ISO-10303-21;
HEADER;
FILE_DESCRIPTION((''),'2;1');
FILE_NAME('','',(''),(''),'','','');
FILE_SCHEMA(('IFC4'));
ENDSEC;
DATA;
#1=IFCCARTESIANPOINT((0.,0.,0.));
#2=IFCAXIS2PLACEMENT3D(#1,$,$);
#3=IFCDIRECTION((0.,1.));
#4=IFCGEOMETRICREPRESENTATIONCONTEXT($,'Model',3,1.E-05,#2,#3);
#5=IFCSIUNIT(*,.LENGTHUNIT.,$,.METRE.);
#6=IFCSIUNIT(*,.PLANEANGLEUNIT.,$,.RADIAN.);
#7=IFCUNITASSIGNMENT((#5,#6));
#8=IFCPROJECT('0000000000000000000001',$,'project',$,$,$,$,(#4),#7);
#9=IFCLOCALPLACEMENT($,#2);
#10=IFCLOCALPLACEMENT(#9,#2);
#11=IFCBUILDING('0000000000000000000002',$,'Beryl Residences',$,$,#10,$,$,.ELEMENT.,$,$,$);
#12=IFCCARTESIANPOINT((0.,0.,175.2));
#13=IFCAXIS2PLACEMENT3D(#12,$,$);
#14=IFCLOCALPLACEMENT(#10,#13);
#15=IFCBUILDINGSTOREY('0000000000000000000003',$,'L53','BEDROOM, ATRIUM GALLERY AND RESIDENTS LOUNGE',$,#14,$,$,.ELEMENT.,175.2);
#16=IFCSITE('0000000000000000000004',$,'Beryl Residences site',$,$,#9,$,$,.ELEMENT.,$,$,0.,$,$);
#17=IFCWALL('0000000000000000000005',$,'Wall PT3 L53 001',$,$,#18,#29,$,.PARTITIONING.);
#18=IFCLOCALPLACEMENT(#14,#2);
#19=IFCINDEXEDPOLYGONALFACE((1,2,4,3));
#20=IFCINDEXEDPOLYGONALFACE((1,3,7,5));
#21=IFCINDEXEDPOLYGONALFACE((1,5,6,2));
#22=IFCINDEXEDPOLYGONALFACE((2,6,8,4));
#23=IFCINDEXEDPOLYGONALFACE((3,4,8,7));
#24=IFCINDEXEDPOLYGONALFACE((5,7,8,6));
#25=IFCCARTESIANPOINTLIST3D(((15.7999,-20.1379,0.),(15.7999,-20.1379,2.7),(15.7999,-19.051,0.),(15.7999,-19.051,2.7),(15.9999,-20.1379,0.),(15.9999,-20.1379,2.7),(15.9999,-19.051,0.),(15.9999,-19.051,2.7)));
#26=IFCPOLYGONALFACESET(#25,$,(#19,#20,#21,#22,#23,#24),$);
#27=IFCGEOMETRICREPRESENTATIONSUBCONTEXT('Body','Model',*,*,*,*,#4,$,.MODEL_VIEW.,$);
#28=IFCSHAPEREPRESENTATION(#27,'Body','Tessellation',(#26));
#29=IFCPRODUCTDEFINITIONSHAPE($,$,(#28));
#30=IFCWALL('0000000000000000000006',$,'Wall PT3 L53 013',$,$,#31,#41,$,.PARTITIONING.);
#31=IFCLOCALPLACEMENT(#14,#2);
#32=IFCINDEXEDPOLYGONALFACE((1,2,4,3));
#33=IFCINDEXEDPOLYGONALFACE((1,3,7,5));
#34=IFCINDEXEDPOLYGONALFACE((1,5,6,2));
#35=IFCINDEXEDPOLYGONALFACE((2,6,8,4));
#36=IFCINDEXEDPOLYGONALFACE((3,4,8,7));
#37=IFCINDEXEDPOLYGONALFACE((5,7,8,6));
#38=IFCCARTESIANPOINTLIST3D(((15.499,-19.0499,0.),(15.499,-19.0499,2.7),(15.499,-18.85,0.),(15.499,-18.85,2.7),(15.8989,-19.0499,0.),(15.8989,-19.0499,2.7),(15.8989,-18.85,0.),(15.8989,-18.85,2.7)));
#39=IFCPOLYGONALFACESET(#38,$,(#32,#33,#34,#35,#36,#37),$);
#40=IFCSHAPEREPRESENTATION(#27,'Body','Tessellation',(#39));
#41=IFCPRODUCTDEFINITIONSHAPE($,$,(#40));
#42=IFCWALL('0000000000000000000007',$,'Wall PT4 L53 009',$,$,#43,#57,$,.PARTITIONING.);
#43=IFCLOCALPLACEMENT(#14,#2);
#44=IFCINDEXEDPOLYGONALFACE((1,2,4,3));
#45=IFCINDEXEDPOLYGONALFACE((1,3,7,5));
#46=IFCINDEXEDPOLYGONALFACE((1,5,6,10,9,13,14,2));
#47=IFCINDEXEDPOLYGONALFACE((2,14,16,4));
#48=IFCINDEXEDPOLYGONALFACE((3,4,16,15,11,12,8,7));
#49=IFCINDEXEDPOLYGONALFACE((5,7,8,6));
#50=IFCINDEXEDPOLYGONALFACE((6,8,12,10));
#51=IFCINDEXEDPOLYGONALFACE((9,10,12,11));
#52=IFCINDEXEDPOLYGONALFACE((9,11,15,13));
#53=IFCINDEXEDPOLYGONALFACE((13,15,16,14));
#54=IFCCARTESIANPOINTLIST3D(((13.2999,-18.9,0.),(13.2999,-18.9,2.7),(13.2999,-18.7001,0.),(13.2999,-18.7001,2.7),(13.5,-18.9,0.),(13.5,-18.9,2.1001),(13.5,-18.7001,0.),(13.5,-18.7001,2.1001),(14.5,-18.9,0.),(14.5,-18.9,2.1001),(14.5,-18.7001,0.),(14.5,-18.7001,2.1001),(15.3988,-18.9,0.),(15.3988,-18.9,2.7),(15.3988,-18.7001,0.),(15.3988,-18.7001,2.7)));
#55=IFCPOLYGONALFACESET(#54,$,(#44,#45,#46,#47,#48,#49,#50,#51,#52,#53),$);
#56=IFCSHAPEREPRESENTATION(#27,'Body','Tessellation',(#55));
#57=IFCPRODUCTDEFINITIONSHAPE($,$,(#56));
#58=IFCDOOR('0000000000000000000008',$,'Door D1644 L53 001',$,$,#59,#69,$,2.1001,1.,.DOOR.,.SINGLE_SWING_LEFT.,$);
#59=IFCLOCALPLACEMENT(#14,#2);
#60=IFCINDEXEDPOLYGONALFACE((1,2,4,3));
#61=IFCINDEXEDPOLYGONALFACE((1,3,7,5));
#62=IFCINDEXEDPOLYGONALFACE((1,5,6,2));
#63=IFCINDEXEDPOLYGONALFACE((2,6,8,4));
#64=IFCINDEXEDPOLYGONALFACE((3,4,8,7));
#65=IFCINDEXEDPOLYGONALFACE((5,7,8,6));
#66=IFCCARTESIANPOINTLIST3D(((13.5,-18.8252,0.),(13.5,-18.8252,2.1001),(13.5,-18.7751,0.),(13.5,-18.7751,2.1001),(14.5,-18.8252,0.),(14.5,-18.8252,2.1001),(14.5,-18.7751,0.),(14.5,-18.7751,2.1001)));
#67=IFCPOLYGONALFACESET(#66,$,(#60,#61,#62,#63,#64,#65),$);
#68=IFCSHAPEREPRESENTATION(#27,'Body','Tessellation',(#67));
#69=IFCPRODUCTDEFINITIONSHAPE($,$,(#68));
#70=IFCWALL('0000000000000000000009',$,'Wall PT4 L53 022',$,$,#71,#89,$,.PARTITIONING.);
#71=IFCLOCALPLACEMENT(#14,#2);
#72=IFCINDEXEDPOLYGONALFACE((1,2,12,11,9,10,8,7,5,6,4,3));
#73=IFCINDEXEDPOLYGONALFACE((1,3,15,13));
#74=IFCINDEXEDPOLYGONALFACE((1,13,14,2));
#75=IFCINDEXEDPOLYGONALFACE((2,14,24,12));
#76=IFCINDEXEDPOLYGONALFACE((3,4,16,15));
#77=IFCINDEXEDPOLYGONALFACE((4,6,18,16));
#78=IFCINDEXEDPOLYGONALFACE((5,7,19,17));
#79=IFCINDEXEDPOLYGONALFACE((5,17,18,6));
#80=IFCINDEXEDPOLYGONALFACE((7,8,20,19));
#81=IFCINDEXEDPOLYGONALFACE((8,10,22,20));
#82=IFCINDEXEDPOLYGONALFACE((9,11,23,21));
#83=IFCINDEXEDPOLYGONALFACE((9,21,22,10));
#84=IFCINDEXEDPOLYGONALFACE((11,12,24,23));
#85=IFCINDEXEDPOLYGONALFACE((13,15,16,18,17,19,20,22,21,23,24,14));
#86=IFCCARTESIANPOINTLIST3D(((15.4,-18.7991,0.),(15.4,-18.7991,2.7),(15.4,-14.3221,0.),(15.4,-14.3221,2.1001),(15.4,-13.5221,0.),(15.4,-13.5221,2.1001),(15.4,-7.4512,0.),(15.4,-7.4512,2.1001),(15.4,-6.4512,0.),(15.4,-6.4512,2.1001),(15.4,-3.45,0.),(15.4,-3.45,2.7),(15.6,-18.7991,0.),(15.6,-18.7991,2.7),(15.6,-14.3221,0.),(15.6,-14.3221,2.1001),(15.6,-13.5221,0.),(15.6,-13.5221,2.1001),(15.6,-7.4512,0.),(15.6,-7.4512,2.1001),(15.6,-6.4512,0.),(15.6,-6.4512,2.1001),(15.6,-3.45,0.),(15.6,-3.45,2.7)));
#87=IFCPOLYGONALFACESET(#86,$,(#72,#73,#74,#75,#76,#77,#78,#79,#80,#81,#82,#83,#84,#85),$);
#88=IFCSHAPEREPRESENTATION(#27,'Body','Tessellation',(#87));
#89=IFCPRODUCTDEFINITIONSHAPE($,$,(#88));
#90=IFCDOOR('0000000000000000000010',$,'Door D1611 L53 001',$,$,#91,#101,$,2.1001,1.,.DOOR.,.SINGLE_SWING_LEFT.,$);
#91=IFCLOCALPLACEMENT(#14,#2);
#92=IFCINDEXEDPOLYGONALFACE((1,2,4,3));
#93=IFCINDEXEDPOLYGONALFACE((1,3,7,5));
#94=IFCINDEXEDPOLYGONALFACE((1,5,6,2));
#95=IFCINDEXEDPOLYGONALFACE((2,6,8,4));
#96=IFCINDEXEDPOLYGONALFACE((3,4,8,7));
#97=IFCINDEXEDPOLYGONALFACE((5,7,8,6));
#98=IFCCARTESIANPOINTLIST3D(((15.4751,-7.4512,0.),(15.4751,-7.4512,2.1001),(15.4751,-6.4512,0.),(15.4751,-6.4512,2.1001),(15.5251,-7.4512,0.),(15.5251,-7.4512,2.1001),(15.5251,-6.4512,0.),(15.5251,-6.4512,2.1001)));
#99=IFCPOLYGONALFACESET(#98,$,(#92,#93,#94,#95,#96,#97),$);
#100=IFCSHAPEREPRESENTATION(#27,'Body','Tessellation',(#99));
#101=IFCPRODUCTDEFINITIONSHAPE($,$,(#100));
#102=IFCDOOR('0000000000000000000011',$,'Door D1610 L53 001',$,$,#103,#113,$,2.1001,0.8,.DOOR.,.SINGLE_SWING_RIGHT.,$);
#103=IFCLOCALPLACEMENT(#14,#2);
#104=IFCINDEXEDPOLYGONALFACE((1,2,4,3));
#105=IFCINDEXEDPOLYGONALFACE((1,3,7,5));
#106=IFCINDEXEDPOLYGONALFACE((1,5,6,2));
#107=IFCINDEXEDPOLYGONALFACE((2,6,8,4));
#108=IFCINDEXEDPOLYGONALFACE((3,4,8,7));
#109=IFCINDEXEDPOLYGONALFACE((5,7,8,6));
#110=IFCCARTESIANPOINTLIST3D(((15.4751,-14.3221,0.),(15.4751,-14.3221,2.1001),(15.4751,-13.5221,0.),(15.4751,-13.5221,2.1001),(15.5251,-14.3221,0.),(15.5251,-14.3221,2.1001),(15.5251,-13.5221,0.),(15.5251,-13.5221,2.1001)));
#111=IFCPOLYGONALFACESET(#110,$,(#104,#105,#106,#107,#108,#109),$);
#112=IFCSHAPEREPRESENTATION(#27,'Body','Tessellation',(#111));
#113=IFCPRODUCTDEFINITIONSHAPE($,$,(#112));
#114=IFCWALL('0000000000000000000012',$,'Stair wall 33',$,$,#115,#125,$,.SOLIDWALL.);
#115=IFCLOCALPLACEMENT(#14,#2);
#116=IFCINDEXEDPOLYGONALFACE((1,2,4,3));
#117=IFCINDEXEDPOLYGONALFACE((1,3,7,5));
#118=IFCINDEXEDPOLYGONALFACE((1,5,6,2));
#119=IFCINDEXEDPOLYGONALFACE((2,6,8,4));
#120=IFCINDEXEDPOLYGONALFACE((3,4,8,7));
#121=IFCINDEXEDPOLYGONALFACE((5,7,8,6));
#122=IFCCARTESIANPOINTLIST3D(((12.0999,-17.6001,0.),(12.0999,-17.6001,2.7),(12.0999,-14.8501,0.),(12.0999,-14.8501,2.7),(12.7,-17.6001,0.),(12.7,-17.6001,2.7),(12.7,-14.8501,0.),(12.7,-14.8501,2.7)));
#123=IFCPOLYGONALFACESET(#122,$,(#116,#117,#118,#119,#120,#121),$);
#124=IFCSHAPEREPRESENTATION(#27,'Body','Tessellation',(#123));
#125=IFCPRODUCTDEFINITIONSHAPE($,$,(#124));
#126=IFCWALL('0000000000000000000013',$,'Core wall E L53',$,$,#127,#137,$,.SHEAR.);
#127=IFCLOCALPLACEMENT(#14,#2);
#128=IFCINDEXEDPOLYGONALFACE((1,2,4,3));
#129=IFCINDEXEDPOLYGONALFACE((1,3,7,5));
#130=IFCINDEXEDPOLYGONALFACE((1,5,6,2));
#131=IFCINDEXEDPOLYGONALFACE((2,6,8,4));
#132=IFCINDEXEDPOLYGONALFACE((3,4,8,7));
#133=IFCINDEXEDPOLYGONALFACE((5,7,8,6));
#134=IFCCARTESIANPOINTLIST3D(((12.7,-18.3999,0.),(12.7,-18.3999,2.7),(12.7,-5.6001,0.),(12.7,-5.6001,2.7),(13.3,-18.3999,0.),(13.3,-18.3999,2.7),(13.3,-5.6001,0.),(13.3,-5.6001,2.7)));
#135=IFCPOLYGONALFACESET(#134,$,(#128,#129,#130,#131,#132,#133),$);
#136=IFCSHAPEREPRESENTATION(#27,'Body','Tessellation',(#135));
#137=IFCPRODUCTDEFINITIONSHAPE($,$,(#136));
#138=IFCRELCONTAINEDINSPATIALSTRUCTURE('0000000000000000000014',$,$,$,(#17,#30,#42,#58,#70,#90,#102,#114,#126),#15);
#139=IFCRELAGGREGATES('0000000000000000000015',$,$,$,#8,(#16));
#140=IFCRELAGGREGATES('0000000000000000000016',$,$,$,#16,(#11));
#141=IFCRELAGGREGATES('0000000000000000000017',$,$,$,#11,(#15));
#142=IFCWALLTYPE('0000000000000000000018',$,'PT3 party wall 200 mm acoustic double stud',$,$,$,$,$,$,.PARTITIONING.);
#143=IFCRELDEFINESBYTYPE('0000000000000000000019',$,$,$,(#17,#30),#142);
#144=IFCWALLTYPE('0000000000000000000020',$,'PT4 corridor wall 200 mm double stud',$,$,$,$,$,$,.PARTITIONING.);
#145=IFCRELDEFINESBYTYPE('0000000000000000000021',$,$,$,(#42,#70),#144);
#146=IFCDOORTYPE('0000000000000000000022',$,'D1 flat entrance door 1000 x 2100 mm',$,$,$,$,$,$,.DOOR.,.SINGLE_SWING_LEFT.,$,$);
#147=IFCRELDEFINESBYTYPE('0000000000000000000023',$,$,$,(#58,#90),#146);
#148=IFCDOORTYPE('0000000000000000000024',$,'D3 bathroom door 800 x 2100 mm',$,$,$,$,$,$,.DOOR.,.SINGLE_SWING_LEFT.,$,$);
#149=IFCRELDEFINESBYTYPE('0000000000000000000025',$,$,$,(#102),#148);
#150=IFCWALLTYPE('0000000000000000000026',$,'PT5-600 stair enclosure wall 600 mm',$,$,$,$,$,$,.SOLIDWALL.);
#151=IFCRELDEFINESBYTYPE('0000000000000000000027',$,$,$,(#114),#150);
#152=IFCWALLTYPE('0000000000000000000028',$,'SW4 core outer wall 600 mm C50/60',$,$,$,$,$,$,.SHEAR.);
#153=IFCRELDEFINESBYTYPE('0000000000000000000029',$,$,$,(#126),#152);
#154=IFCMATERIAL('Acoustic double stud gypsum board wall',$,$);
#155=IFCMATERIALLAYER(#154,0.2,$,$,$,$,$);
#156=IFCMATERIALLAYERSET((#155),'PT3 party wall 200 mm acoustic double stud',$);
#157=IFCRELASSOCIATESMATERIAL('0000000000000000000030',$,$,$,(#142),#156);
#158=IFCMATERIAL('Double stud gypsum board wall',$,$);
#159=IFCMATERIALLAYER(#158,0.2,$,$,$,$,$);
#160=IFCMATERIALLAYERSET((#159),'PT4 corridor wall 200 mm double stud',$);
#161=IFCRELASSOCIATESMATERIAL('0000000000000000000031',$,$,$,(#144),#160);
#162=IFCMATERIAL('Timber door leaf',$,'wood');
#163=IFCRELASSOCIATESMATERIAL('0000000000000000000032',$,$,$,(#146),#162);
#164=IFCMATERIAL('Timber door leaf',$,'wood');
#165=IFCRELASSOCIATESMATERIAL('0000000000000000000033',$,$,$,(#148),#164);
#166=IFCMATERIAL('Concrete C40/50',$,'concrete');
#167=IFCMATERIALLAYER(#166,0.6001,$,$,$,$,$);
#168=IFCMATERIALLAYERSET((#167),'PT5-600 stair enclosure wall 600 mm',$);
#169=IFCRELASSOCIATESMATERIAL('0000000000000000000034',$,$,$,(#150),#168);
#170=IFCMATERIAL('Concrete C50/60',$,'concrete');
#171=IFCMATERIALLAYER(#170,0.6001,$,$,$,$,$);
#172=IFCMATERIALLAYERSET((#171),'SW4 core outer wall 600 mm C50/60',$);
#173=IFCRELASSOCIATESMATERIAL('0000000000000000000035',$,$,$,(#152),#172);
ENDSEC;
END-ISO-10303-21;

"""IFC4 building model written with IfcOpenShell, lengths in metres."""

from ifc_helpers import new_model, si_unit, direction, frame, frame_2d, origin, place, context, subcontext, project, spatial, rectangle, extrude, material, layer, layer_set, type_object, element, fill, save


model = new_model("IFC4")

# Units and contexts
model_context = context("Model", 3, precision=1e-05, world=origin(), true_north=direction((0.0, 1.0)))
body_context = subcontext(model_context, "Body", "Model", "MODEL_VIEW")
ifc_project = project(units=[si_unit("LENGTHUNIT", "METRE"), si_unit("PLANEANGLEUNIT", "RADIAN")], contexts=[model_context])

# Site, building, storey
site_placement = place(None, origin())
site = spatial("IfcSite", under=ifc_project, at=site_placement, Name="Beryl Residences site", CompositionType="ELEMENT", RefElevation=0.0)
building_placement = place(site_placement, origin())
building = spatial("IfcBuilding", under=site, at=building_placement, Name="Beryl Residences", CompositionType="ELEMENT")
storey_placement = place(building_placement, frame((0.0, 0.0, 175.2)))
storey = spatial("IfcBuildingStorey", under=building, at=storey_placement, Name="L53", Description="BEDROOM, ATRIUM GALLERY AND RESIDENTS LOUNGE", CompositionType="ELEMENT", Elevation=175.2)

# Walls
ifc_material_1 = material(Name="Acoustic double stud gypsum board wall")
ifc_layer_1 = layer(ifc_material_1, 0.2)
ifc_layer_set_1 = layer_set([ifc_layer_1], Name="PT3 party wall 200 mm acoustic double stud")
wall_type_1 = type_object("IfcWallType", Name="PT3 party wall 200 mm acoustic double stud", PredefinedType="PARTITIONING", material=ifc_layer_set_1)
wall_1_placement = place(storey_placement, frame((15.8999, -19.051, 0.0), z_axis=(0.0, 0.0, 1.0), x_axis=(0.0, -1.0, 0.0)))
element("IfcWall", 1, at=wall_1_placement, inside=storey, type_object=wall_type_1, Name="Wall PT3 L53 001", PredefinedType="PARTITIONING", context=body_context, shape_type="SweptSolid", body=[
    extrude(rectangle(XDim=1.0869, YDim=0.2, at=frame_2d((0.5435, 0.0))), origin(), (0.0, 0.0, 1.0), 2.7),
])
wall_2_placement = place(storey_placement, frame((15.499, -18.95, 0.0), z_axis=(0.0, 0.0, 1.0), x_axis=(1.0, 0.0, 0.0)))
element("IfcWall", 2, at=wall_2_placement, inside=storey, type_object=wall_type_1, Name="Wall PT3 L53 013", PredefinedType="PARTITIONING", context=body_context, shape_type="SweptSolid", body=[
    extrude(rectangle(XDim=0.3999, YDim=0.2, at=frame_2d((0.2, 0.0))), origin(), (0.0, 0.0, 1.0), 2.7),
])

# Wall, opening, door
ifc_material_2 = material(Name="Double stud gypsum board wall")
ifc_layer_2 = layer(ifc_material_2, 0.2)
ifc_layer_set_2 = layer_set([ifc_layer_2], Name="PT4 corridor wall 200 mm double stud")
wall_type_2 = type_object("IfcWallType", Name="PT4 corridor wall 200 mm double stud", PredefinedType="PARTITIONING", material=ifc_layer_set_2)
wall_3_placement = place(storey_placement, frame((13.3, -18.8, 0.0), z_axis=(0.0, 0.0, 1.0), x_axis=(1.0, 0.0, 0.0)))
wall_3 = element("IfcWall", 3, at=wall_3_placement, inside=storey, type_object=wall_type_2, Name="Wall PT4 L53 009", PredefinedType="PARTITIONING", context=body_context, shape_type="SweptSolid", body=[
    extrude(rectangle(XDim=2.0989, YDim=0.2, at=frame_2d((1.0493, 0.0))), origin(), (0.0, 0.0, 1.0), 2.7),
])
opening_1_placement = place(wall_3_placement, frame((0.2, 0.0, 0.0)))
opening_1 = element("IfcOpeningElement", 4, at=opening_1_placement, cuts=wall_3, PredefinedType="OPENING", context=body_context, shape_type="SweptSolid", body=[
    extrude(rectangle(XDim=1.0, YDim=2.1001, at=frame_2d((0.5, 1.05))), frame((0.0, 0.1099, 0.0), z_axis=(0.0, -1.0, 0.0), x_axis=(1.0, 0.0, 0.0)), (0.0, 0.0, 1.0), 0.22),
])
ifc_material_3 = material(Name="Timber door leaf", Category="wood")
door_type_1 = type_object("IfcDoorType", Name="D1 flat entrance door 1000 x 2100 mm", OperationType="SINGLE_SWING_LEFT", PredefinedType="DOOR", material=ifc_material_3)
door_1_placement = place(opening_1_placement, origin())
door_1 = element("IfcDoor", 5, at=door_1_placement, inside=storey, type_object=door_type_1, Name="Door D1644 L53 001", OperationType="SINGLE_SWING_LEFT", OverallHeight=2.1001, OverallWidth=1.0, PredefinedType="DOOR", context=body_context, shape_type="SweptSolid", body=[
    extrude(rectangle(XDim=1.0, YDim=2.1001, at=frame_2d((0.5, 1.05))), frame((0.0, 0.0249, 0.0), z_axis=(0.0, -1.0, 0.0), x_axis=(1.0, 0.0, 0.0)), (0.0, 0.0, 1.0), 0.05),
])
fill(opening_1, door_1)

# Wall, openings, doors
wall_4_placement = place(storey_placement, frame((15.5, -18.7991, 0.0), z_axis=(0.0, 0.0, 1.0), x_axis=(0.0, 1.0, 0.0)))
wall_4 = element("IfcWall", 6, at=wall_4_placement, inside=storey, type_object=wall_type_2, Name="Wall PT4 L53 022", PredefinedType="PARTITIONING", context=body_context, shape_type="SweptSolid", body=[
    extrude(rectangle(XDim=15.3491, YDim=0.2, at=frame_2d((7.6746, 0.0))), origin(), (0.0, 0.0, 1.0), 2.7),
])
opening_2_placement = place(wall_4_placement, frame((4.4771, 0.0, 0.0)))
opening_2 = element("IfcOpeningElement", 7, at=opening_2_placement, cuts=wall_4, PredefinedType="OPENING", context=body_context, shape_type="SweptSolid", body=[
    extrude(rectangle(XDim=0.8, YDim=2.1001, at=frame_2d((0.3999, 1.05))), frame((0.0, 0.1099, 0.0), z_axis=(0.0, -1.0, 0.0), x_axis=(1.0, 0.0, 0.0)), (0.0, 0.0, 1.0), 0.22),
])
opening_3_placement = place(wall_4_placement, frame((11.3479, 0.0, 0.0)))
opening_3 = element("IfcOpeningElement", 8, at=opening_3_placement, cuts=wall_4, PredefinedType="OPENING", context=body_context, shape_type="SweptSolid", body=[
    extrude(rectangle(XDim=1.0, YDim=2.1001, at=frame_2d((0.5, 1.05))), frame((0.0, 0.1099, 0.0), z_axis=(0.0, -1.0, 0.0), x_axis=(1.0, 0.0, 0.0)), (0.0, 0.0, 1.0), 0.22),
])
door_2_placement = place(opening_3_placement, origin())
door_2 = element("IfcDoor", 9, at=door_2_placement, inside=storey, type_object=door_type_1, Name="Door D1611 L53 001", OperationType="SINGLE_SWING_LEFT", OverallHeight=2.1001, OverallWidth=1.0, PredefinedType="DOOR", context=body_context, shape_type="SweptSolid", body=[
    extrude(rectangle(XDim=1.0, YDim=2.1001, at=frame_2d((0.5, 1.05))), frame((0.0, 0.0249, 0.0), z_axis=(0.0, -1.0, 0.0), x_axis=(1.0, 0.0, 0.0)), (0.0, 0.0, 1.0), 0.05),
])
fill(opening_3, door_2)
ifc_material_4 = material(Name="Timber door leaf", Category="wood")
door_type_2 = type_object("IfcDoorType", Name="D3 bathroom door 800 x 2100 mm", OperationType="SINGLE_SWING_LEFT", PredefinedType="DOOR", material=ifc_material_4)
door_3_placement = place(opening_2_placement, origin())
door_3 = element("IfcDoor", 10, at=door_3_placement, inside=storey, type_object=door_type_2, Name="Door D1610 L53 001", OperationType="SINGLE_SWING_RIGHT", OverallHeight=2.1001, OverallWidth=0.8, PredefinedType="DOOR", context=body_context, shape_type="SweptSolid", body=[
    extrude(rectangle(XDim=0.8, YDim=2.1001, at=frame_2d((0.3999, 1.05))), frame((0.0, 0.0249, 0.0), z_axis=(0.0, -1.0, 0.0), x_axis=(1.0, 0.0, 0.0)), (0.0, 0.0, 1.0), 0.05),
])
fill(opening_2, door_3)

# Walls
ifc_material_5 = material(Name="Concrete C40/50", Category="concrete")
ifc_layer_3 = layer(ifc_material_5, 0.6001)
ifc_layer_set_3 = layer_set([ifc_layer_3], Name="PT5-600 stair enclosure wall 600 mm")
wall_type_3 = type_object("IfcWallType", Name="PT5-600 stair enclosure wall 600 mm", PredefinedType="SOLIDWALL", material=ifc_layer_set_3)
wall_5_placement = place(storey_placement, frame((12.3999, -17.6001, 0.0), z_axis=(0.0, 0.0, 1.0), x_axis=(0.0, 1.0, 0.0)))
element("IfcWall", 11, at=wall_5_placement, inside=storey, type_object=wall_type_3, Name="Stair wall 33", PredefinedType="SOLIDWALL", context=body_context, shape_type="SweptSolid", body=[
    extrude(rectangle(XDim=2.75, YDim=0.6001, at=frame_2d((1.375, 0.0))), origin(), (0.0, 0.0, 1.0), 2.7),
])
ifc_material_6 = material(Name="Concrete C50/60", Category="concrete")
ifc_layer_4 = layer(ifc_material_6, 0.6001)
ifc_layer_set_4 = layer_set([ifc_layer_4], Name="SW4 core outer wall 600 mm C50/60")
wall_type_4 = type_object("IfcWallType", Name="SW4 core outer wall 600 mm C50/60", PredefinedType="SHEAR", material=ifc_layer_set_4)
wall_6_placement = place(storey_placement, frame((13.0, -18.3999, 0.0), z_axis=(0.0, 0.0, 1.0), x_axis=(0.0, 1.0, 0.0)))
element("IfcWall", 12, at=wall_6_placement, inside=storey, type_object=wall_type_4, Name="Core wall E L53", PredefinedType="SHEAR", context=body_context, shape_type="SweptSolid", body=[
    extrude(rectangle(XDim=12.7998, YDim=0.6001, at=frame_2d((6.3999, 0.0))), origin(), (0.0, 0.0, 1.0), 2.7),
])

save(model, "model.ifc")
